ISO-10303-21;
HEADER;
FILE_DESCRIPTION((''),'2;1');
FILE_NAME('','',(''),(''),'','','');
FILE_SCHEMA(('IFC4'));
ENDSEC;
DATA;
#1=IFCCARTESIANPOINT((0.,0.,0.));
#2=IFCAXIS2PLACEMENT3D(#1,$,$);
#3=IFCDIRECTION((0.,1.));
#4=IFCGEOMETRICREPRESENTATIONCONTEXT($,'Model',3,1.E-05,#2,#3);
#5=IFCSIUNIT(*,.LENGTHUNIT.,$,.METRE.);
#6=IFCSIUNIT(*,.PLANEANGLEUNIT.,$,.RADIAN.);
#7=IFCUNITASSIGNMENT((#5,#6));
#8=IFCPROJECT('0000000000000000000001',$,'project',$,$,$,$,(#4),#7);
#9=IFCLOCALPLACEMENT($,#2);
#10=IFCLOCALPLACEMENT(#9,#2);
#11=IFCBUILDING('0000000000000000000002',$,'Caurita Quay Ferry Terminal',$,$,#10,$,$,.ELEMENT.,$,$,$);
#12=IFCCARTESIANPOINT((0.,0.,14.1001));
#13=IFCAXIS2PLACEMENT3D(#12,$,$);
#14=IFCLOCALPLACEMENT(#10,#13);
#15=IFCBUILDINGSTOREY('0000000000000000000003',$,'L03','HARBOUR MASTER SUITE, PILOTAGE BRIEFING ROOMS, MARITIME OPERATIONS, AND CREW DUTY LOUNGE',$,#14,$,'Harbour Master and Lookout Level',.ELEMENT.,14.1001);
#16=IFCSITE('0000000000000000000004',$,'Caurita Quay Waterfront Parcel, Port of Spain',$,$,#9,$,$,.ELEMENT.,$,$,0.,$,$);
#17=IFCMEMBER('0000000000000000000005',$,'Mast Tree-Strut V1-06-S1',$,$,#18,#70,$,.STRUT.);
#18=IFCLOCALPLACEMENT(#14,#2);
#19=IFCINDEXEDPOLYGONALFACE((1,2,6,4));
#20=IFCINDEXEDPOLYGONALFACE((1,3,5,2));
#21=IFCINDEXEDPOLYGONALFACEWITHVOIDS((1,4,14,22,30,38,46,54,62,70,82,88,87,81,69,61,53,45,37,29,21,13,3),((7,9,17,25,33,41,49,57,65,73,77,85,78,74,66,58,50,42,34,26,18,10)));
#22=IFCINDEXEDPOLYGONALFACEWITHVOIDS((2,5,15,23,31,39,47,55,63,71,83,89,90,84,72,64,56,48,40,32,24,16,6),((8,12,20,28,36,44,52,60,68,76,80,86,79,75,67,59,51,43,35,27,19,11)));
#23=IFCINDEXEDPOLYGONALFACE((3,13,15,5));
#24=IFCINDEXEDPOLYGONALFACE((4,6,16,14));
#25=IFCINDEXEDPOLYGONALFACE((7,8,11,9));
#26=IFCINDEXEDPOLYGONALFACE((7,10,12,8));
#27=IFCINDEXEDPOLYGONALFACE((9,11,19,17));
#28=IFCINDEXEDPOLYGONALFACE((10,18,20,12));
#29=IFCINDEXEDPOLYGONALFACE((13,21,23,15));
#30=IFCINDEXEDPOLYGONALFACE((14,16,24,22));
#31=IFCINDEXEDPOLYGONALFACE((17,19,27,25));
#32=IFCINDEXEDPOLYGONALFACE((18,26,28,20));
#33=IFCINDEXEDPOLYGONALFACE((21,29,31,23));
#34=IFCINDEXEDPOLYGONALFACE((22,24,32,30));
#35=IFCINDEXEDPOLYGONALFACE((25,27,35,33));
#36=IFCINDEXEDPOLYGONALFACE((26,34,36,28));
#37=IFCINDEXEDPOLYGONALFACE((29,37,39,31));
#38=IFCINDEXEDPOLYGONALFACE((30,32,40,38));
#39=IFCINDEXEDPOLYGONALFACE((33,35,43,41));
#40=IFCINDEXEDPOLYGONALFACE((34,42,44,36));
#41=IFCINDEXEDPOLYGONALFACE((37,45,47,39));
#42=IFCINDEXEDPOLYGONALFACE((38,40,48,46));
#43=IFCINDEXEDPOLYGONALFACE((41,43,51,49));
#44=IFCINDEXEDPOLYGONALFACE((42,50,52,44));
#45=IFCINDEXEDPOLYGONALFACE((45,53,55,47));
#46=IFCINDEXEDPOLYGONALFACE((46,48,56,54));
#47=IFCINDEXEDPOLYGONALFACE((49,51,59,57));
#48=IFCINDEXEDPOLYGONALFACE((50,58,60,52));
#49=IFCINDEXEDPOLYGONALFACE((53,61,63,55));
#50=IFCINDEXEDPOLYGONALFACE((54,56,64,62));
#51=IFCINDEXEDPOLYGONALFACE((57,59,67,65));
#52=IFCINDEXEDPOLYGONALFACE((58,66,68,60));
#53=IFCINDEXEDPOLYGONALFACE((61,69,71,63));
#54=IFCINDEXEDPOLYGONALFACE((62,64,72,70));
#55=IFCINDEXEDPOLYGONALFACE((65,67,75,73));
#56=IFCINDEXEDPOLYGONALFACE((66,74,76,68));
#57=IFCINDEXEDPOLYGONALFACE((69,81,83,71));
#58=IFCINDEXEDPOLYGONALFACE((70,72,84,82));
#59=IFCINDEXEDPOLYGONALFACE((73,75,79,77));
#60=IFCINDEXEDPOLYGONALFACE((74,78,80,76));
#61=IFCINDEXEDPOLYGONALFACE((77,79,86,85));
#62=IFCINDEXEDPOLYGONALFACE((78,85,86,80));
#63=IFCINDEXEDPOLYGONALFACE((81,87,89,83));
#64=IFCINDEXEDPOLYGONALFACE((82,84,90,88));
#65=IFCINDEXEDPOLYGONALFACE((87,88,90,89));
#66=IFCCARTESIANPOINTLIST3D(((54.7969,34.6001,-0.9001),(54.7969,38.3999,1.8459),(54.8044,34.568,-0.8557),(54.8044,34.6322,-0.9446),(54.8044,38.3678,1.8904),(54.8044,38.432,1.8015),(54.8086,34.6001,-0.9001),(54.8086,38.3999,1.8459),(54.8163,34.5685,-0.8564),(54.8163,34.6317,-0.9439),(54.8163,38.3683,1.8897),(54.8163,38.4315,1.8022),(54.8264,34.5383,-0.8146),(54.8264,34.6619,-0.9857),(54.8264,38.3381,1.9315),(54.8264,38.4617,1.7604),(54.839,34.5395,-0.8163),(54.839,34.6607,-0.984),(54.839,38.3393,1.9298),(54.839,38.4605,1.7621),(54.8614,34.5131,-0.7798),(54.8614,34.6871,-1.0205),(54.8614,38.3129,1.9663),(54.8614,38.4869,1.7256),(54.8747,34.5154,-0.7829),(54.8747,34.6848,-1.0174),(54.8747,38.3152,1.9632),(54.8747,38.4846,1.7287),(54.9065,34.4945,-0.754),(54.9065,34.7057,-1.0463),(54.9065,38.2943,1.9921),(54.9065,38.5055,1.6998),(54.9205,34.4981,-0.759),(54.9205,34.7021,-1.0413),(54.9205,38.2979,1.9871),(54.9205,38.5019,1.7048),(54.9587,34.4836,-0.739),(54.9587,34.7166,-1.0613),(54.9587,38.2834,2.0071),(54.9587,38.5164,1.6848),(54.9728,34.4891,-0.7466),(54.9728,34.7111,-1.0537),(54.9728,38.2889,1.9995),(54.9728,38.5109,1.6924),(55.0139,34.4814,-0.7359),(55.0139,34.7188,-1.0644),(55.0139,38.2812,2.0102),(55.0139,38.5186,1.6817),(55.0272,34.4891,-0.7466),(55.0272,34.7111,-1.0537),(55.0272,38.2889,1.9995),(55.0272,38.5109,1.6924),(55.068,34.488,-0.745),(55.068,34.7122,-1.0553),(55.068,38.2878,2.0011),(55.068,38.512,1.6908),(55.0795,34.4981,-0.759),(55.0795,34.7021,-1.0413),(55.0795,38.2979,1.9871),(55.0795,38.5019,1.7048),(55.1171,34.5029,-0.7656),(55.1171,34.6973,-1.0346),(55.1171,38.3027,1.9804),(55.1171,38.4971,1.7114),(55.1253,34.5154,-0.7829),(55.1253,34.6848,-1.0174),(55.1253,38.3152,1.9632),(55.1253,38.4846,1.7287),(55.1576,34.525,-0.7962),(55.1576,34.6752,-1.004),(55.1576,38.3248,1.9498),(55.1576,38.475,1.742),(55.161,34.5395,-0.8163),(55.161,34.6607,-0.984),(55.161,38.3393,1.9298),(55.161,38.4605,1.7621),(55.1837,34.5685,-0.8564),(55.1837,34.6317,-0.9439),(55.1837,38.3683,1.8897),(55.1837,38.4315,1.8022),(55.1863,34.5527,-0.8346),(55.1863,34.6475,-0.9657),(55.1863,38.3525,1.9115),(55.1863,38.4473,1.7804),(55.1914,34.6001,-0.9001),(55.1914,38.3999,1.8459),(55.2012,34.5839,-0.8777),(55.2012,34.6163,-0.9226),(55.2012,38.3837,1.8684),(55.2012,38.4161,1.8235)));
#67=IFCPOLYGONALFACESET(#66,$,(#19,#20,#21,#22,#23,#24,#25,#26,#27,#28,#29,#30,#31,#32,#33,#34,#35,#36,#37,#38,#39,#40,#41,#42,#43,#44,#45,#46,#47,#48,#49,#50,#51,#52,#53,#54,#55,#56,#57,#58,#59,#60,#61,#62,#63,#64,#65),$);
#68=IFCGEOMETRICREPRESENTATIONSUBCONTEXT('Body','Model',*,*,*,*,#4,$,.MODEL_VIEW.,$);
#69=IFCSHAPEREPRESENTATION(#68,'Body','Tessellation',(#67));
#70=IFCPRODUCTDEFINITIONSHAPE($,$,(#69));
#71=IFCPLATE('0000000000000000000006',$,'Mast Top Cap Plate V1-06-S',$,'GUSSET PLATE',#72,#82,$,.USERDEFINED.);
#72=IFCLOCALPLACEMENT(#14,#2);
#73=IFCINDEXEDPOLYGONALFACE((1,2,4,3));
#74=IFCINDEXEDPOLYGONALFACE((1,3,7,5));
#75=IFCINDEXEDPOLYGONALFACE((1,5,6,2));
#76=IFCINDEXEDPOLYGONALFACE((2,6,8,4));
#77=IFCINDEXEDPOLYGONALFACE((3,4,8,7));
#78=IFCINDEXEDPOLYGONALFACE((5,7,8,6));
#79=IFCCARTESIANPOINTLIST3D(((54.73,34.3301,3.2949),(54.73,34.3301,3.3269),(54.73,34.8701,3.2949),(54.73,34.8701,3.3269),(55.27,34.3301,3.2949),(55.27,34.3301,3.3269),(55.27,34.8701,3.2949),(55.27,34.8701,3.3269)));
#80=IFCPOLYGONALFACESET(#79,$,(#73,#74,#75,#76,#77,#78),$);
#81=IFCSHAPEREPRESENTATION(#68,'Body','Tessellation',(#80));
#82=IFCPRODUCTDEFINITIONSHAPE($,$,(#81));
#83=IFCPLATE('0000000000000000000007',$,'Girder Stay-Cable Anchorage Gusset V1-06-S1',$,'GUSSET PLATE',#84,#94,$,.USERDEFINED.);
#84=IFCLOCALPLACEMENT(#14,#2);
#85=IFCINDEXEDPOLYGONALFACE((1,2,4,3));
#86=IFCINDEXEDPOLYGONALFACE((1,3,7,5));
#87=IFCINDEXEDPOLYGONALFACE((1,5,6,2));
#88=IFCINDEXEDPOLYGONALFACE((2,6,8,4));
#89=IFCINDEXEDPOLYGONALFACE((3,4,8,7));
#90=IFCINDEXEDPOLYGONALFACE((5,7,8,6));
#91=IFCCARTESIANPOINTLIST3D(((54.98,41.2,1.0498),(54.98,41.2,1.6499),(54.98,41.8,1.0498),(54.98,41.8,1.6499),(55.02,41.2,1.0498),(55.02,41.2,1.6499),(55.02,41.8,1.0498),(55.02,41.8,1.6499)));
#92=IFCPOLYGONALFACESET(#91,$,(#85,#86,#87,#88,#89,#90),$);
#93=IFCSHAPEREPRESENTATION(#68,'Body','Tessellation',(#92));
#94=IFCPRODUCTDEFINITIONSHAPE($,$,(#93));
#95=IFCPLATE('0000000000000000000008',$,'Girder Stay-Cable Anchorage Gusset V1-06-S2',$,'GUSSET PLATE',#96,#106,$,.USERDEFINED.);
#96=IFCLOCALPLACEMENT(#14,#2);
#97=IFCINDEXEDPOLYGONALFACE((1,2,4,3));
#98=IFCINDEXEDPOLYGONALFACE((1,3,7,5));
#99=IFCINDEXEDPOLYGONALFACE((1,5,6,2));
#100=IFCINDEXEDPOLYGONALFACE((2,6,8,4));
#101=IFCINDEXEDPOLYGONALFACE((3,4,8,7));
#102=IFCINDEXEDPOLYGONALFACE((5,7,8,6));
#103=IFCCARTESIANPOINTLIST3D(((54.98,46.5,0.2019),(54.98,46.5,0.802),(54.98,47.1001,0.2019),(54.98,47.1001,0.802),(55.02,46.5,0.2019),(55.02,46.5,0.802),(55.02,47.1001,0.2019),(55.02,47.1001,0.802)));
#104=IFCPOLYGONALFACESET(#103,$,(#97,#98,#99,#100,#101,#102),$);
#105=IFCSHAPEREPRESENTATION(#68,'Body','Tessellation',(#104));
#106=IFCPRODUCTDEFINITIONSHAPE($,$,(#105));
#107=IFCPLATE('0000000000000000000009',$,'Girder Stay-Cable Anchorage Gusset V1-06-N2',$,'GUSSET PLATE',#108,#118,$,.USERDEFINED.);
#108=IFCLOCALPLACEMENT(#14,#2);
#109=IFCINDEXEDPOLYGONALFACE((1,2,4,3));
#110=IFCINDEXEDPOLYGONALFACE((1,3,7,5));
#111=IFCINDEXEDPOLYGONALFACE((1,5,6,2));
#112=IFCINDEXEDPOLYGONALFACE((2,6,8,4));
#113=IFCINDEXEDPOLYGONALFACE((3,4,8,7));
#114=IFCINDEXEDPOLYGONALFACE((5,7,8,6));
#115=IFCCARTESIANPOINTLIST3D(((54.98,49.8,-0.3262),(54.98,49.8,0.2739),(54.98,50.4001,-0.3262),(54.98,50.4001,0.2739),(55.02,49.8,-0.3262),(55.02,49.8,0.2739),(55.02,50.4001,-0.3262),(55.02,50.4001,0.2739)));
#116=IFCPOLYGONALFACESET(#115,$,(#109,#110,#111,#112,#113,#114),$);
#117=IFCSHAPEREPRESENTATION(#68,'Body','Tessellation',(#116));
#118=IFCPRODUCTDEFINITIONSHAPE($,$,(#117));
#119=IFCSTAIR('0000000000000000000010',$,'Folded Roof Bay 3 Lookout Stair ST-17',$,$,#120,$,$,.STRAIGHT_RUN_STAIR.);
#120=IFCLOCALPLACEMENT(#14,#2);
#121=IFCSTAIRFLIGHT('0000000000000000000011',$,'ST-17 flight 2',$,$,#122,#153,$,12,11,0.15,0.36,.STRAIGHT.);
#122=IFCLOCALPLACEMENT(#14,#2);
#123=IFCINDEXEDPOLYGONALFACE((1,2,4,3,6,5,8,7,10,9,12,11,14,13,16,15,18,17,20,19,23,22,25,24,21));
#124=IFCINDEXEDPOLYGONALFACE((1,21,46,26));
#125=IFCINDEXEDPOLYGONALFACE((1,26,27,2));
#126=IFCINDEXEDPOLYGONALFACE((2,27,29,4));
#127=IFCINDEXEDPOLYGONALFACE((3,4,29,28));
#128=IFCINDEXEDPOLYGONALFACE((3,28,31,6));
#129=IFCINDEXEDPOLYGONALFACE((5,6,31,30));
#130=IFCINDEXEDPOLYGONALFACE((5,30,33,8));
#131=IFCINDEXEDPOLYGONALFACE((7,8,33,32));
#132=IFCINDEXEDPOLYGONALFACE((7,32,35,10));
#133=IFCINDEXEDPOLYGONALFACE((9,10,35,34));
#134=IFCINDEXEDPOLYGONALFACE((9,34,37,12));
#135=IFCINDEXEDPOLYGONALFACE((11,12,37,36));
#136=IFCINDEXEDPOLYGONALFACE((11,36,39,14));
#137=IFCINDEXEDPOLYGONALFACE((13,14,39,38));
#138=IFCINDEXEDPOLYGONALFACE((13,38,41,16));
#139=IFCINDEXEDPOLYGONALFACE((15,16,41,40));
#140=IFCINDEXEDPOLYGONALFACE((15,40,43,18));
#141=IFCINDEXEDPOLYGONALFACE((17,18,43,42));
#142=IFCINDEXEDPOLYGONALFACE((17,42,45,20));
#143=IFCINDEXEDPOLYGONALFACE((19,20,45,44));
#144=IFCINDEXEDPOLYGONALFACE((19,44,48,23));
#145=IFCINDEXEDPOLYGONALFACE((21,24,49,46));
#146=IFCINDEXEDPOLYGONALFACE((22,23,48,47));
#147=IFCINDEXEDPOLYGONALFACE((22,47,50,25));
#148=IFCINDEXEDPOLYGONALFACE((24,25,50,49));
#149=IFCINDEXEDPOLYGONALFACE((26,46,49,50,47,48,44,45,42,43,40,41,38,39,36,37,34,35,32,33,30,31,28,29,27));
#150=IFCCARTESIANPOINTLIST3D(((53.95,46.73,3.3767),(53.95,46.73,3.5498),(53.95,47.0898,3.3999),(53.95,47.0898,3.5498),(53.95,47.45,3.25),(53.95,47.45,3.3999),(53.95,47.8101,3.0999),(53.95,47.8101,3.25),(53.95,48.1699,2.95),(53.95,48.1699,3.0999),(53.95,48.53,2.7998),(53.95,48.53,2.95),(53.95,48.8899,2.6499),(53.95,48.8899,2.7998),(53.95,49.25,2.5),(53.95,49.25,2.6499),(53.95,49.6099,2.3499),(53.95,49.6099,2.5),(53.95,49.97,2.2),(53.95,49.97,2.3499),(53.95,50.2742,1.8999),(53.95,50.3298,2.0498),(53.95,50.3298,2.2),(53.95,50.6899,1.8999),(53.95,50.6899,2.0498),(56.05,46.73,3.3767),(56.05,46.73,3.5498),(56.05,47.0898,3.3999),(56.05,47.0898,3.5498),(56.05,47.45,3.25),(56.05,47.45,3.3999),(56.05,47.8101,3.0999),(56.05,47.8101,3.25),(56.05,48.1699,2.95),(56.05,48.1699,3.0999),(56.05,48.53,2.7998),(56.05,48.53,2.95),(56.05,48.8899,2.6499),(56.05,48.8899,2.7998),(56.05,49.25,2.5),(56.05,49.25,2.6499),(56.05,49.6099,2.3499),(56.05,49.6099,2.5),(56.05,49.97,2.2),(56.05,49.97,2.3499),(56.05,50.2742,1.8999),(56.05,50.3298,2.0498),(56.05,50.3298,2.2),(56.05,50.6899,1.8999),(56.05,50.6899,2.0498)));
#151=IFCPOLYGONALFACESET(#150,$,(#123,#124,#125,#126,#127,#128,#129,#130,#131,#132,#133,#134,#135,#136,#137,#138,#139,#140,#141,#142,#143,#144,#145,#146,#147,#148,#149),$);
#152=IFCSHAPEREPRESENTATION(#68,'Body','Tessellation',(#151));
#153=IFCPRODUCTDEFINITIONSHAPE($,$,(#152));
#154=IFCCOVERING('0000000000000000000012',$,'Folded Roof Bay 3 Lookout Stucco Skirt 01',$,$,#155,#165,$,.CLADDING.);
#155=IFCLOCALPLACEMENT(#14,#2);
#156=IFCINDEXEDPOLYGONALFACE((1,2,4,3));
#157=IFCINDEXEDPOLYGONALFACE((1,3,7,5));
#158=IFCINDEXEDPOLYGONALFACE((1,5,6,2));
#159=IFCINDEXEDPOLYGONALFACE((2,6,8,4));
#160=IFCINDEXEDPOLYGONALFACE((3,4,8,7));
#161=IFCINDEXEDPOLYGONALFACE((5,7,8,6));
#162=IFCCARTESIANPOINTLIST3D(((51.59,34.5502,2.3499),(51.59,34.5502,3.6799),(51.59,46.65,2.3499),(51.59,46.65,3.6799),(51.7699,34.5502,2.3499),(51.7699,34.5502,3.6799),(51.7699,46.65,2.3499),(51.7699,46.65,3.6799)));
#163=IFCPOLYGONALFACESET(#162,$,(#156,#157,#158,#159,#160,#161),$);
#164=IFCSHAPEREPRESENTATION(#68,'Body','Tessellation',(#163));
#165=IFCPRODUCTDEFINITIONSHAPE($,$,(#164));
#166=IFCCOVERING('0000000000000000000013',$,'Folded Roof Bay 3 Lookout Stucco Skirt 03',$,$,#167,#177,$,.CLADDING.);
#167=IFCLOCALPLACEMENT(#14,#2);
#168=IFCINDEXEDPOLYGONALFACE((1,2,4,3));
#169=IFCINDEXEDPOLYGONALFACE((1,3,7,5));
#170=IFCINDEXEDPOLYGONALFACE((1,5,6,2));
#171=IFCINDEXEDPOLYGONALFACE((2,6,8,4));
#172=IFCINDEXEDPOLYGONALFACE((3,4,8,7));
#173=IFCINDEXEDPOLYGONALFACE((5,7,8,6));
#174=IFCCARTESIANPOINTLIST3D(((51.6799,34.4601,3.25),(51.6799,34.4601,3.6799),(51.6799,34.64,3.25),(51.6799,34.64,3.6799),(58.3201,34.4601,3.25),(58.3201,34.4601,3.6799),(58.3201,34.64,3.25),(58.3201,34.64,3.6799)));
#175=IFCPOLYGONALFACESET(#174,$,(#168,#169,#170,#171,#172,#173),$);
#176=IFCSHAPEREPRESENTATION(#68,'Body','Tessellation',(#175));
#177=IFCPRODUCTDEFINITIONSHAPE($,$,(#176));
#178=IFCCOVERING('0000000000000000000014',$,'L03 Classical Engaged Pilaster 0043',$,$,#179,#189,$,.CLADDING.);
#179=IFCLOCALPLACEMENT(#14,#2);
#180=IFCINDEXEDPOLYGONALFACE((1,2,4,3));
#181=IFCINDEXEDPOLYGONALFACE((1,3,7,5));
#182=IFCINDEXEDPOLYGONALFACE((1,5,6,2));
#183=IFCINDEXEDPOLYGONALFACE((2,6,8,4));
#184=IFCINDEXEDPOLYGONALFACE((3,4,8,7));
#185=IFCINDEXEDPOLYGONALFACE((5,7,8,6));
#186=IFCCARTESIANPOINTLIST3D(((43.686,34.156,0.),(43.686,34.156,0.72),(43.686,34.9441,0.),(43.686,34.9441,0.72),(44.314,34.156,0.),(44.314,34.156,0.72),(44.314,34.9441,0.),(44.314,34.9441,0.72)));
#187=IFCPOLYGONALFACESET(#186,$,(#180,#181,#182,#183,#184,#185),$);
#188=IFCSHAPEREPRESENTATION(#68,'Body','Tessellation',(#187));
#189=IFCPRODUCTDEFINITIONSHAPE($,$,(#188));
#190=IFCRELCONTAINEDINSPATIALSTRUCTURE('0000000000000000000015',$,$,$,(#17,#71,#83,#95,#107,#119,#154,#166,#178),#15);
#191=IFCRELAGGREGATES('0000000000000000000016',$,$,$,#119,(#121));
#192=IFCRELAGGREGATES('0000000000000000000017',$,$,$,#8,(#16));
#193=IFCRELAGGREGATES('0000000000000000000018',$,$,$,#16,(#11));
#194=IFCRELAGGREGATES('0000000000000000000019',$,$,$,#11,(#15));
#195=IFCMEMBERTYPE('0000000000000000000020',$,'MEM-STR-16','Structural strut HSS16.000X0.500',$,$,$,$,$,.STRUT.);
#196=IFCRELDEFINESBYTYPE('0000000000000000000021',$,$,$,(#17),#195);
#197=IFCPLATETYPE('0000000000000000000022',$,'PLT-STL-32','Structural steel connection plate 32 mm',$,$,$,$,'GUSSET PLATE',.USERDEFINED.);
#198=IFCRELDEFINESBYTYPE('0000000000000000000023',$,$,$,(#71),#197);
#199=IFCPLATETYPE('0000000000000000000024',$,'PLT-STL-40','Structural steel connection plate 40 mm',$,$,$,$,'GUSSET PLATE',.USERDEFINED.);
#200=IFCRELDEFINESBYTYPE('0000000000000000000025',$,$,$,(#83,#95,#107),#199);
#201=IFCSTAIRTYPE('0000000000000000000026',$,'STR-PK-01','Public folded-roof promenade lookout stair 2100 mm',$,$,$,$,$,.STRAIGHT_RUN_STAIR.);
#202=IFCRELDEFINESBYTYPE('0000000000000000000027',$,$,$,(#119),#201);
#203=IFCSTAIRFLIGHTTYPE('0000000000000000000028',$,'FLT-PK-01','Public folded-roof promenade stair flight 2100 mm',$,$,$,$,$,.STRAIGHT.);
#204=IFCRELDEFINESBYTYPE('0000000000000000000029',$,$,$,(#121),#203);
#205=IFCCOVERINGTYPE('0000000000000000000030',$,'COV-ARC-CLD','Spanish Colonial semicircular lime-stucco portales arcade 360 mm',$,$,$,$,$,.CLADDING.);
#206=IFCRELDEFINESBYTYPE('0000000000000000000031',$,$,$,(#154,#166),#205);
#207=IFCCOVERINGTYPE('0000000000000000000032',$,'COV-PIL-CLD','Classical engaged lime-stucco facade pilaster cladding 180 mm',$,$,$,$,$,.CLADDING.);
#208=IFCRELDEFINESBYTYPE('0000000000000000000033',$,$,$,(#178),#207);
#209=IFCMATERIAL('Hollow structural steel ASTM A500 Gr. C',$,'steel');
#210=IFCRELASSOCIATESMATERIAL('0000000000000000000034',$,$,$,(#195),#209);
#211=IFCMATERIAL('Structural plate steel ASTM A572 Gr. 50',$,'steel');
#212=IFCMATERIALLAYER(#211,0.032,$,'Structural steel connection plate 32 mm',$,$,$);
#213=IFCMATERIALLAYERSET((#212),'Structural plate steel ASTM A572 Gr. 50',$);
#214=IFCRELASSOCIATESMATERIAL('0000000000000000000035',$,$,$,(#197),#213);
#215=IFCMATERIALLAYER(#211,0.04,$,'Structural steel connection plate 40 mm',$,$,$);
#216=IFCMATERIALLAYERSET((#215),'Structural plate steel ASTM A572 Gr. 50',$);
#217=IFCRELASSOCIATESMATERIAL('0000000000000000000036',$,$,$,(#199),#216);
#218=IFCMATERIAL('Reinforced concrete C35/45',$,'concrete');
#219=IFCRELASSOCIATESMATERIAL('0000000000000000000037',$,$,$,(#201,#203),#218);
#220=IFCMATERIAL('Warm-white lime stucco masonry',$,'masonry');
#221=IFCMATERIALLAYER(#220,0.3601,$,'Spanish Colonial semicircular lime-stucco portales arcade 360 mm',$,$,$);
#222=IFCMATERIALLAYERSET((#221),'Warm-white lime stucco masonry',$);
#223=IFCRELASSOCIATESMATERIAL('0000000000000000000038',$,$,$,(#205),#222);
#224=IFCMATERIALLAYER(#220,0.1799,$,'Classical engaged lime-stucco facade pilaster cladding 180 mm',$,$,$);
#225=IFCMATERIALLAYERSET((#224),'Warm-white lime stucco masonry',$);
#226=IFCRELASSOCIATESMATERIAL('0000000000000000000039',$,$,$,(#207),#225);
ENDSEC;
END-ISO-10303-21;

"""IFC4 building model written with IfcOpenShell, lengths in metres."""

from ifc_helpers import new_model, si_unit, direction, frame, frame_2d, origin, origin_2d, place, context, subcontext, project, spatial, polyline, rectangle, hollow_circle, outline, extrude, material, layer, layer_set, material_profile, profile_set, type_object, element, aggregate, save


model = new_model("IFC4")

# Units and contexts
model_context = context("Model", 3, precision=1e-05, world=origin(), true_north=direction((0.0, 1.0)))
body_context = subcontext(model_context, "Body", "Model", "MODEL_VIEW")
ifc_project = project(units=[si_unit("LENGTHUNIT", "METRE"), si_unit("PLANEANGLEUNIT", "RADIAN")], contexts=[model_context])

# Site, building, storey
site_placement = place(None, origin())
site = spatial("IfcSite", under=ifc_project, at=site_placement, Name="Caurita Quay Waterfront Parcel, Port of Spain", CompositionType="ELEMENT", RefElevation=0.0)
building_placement = place(site_placement, origin())
building = spatial("IfcBuilding", under=site, at=building_placement, Name="Caurita Quay Ferry Terminal", CompositionType="ELEMENT")
storey_placement = place(building_placement, frame((0.0, 0.0, 14.1001)))
storey = spatial("IfcBuildingStorey", under=building, at=storey_placement, Name="L03", Description="HARBOUR MASTER SUITE, PILOTAGE BRIEFING ROOMS, MARITIME OPERATIONS, AND CREW DUTY LOUNGE", LongName="Harbour Master and Lookout Level", CompositionType="ELEMENT", Elevation=14.1001)

# Shared definitions
ifc_material_1 = material(Name="Hollow structural steel ASTM A500 Gr. C", Category="steel")

# Member
ifc_material_profile_1 = material_profile(ifc_material_1, hollow_circle(Radius=0.2031, WallThickness=0.0117, at=origin_2d()), Name="HSS16.000X0.500")
ifc_profile_set_1 = profile_set([ifc_material_profile_1], Name="Hollow structural steel ASTM A500 Gr. C")
member_type_1 = type_object("IfcMemberType", Name="MEM-STR-16", Description="Structural strut HSS16.000X0.500", PredefinedType="STRUT", material=ifc_profile_set_1)
member_1_placement = place(storey_placement, frame((55.0, 34.6001, -0.9001), z_axis=(0.0, 0.810498, 0.585742), x_axis=(-1.0, 0.0, 0.0)))
element("IfcMember", 1, at=member_1_placement, inside=storey, type_object=member_type_1, Name="Mast Tree-Strut V1-06-S1", PredefinedType="STRUT", context=body_context, shape_type="SweptSolid", body=[
    extrude(hollow_circle(Radius=0.2031, WallThickness=0.0117, at=origin_2d()), origin(), (0.0, 0.0, 1.0), 4.6882),
])

# Plates
ifc_material_2 = material(Name="Structural plate steel ASTM A572 Gr. 50", Category="steel")
ifc_layer_1 = layer(ifc_material_2, 0.032, Name="Structural steel connection plate 32 mm")
ifc_layer_set_1 = layer_set([ifc_layer_1], Name="Structural plate steel ASTM A572 Gr. 50")
plate_type_1 = type_object("IfcPlateType", Name="PLT-STL-32", Description="Structural steel connection plate 32 mm", ElementType="GUSSET PLATE", PredefinedType="USERDEFINED", material=ifc_layer_set_1)
plate_placement = place(storey_placement, frame((55.0, 34.6001, 3.2949), z_axis=(0.0, 0.0, 1.0), x_axis=(1.0, 0.0, 0.0)))
element("IfcPlate", 2, at=plate_placement, inside=storey, type_object=plate_type_1, Name="Mast Top Cap Plate V1-06-S", ObjectType="GUSSET PLATE", PredefinedType="USERDEFINED", context=body_context, shape_type="SweptSolid", body=[
    extrude(rectangle(XDim=0.54, YDim=0.54, at=origin_2d()), origin(), (0.0, 0.0, 1.0), 0.032),
])
ifc_layer_2 = layer(ifc_material_2, 0.04, Name="Structural steel connection plate 40 mm")
ifc_layer_set_2 = layer_set([ifc_layer_2], Name="Structural plate steel ASTM A572 Gr. 50")
plate_type_2 = type_object("IfcPlateType", Name="PLT-STL-40", Description="Structural steel connection plate 40 mm", ElementType="GUSSET PLATE", PredefinedType="USERDEFINED", material=ifc_layer_set_2)
for number, where, z_axis, x_axis, name in (
    (3, (55.0, 41.5, 1.0498), (0.0, 0.0, 1.0), (1.0, 0.0, 0.0), "Girder Stay-Cable Anchorage Gusset V1-06-S1"),
    (4, (55.0, 46.8, 0.2019), (0.0, 0.0, 1.0), (1.0, 0.0, 0.0), "Girder Stay-Cable Anchorage Gusset V1-06-S2"),
    (5, (55.0, 50.1001, -0.3262), (0.0, 0.0, 1.0), (1.0, 0.0, 0.0), "Girder Stay-Cable Anchorage Gusset V1-06-N2"),
):
    element("IfcPlate", number, at=place(storey_placement, frame(where, z_axis=z_axis, x_axis=x_axis)), inside=storey, type_object=plate_type_2, Name=name, ObjectType="GUSSET PLATE", PredefinedType="USERDEFINED", context=body_context, shape_type="SweptSolid", body=[
        extrude(rectangle(XDim=0.04, YDim=0.6001, at=origin_2d()), origin(), (0.0, 0.0, 1.0), 0.6001),
    ])

# Stair, stair flight
ifc_material_3 = material(Name="Reinforced concrete C35/45", Category="concrete")
stair_type = type_object("IfcStairType", Name="STR-PK-01", Description="Public folded-roof promenade lookout stair 2100 mm", PredefinedType="STRAIGHT_RUN_STAIR", material=ifc_material_3)
stair_placement = place(storey_placement, origin())
stair = element("IfcStair", 6, at=stair_placement, inside=storey, type_object=stair_type, Name="Folded Roof Bay 3 Lookout Stair ST-17", PredefinedType="STRAIGHT_RUN_STAIR")
stair_flight_type = type_object("IfcStairFlightType", Name="FLT-PK-01", Description="Public folded-roof promenade stair flight 2100 mm", PredefinedType="STRAIGHT", material=ifc_material_3)
stair_flight_placement = place(storey_placement, frame((55.0, 50.6899, 1.8999), z_axis=(0.0, 0.0, 1.0), x_axis=(0.0, -1.0, 0.0)))
stair_flight = element("IfcStairFlight", 7, at=stair_flight_placement, type_object=stair_flight_type, Name="ST-17 flight 2", NumberOfRisers=12, NumberOfTreads=11, PredefinedType="STRAIGHT", RiserHeight=0.15, TreadLength=0.36, context=body_context, shape_type="SweptSolid", body=[
    extrude(outline(polyline([(0.0, 0.0), (0.0, 0.1499), (0.3601, 0.1499), (0.3601, 0.3), (0.72, 0.3), (0.72, 0.45), (1.0801, 0.45), (1.0801, 0.6001), (1.4399, 0.6001), (1.4399, 0.75), (1.8, 0.75), (1.8, 0.8999), (2.1599, 0.8999), (2.1599, 1.05), (2.52, 1.05), (2.52, 1.2), (2.8799, 1.2), (2.8799, 1.3501), (3.24, 1.3501), (3.24, 1.5), (3.6001, 1.5), (3.6001, 1.6499), (3.96, 1.6499), (3.96, 1.8), (3.96, 1.4768), (0.4158, 0.0), (0.0, 0.0)])), frame((0.0, 1.05, 0.0), z_axis=(0.0, -1.0, 0.0), x_axis=(1.0, 0.0, 0.0)), (0.0, 0.0, 1.0), 2.1001),
])
aggregate(stair, [stair_flight])

# Coverings
ifc_material_4 = material(Name="Warm-white lime stucco masonry", Category="masonry")
ifc_layer_3 = layer(ifc_material_4, 0.3601, Name="Spanish Colonial semicircular lime-stucco portales arcade 360 mm")
ifc_layer_set_3 = layer_set([ifc_layer_3], Name="Warm-white lime stucco masonry")
covering_type_1 = type_object("IfcCoveringType", Name="COV-ARC-CLD", Description="Spanish Colonial semicircular lime-stucco portales arcade 360 mm", PredefinedType="CLADDING", material=ifc_layer_set_3)
covering_1_placement = place(storey_placement, frame((51.6799, 46.6499, 2.3499), z_axis=(0.0, 0.0, 1.0), x_axis=(0.0, -1.0, 0.0)))
element("IfcCovering", 8, at=covering_1_placement, inside=storey, type_object=covering_type_1, Name="Folded Roof Bay 3 Lookout Stucco Skirt 01", PredefinedType="CLADDING", context=body_context, shape_type="SweptSolid", body=[
    extrude(rectangle(XDim=12.0999, YDim=0.1799, at=frame_2d((6.0498, 0.0))), origin(), (0.0, 0.0, 1.0), 1.3301),
])
covering_2_placement = place(storey_placement, frame((51.6799, 34.55, 3.25), z_axis=(0.0, 0.0, 1.0), x_axis=(1.0, 0.0, 0.0)))
element("IfcCovering", 9, at=covering_2_placement, inside=storey, type_object=covering_type_1, Name="Folded Roof Bay 3 Lookout Stucco Skirt 03", PredefinedType="CLADDING", context=body_context, shape_type="SweptSolid", body=[
    extrude(rectangle(XDim=6.6401, YDim=0.1799, at=frame_2d((3.3201, 0.0))), origin(), (0.0, 0.0, 1.0), 0.4299),
])
ifc_layer_4 = layer(ifc_material_4, 0.1799, Name="Classical engaged lime-stucco facade pilaster cladding 180 mm")
ifc_layer_set_4 = layer_set([ifc_layer_4], Name="Warm-white lime stucco masonry")
covering_type_2 = type_object("IfcCoveringType", Name="COV-PIL-CLD", Description="Classical engaged lime-stucco facade pilaster cladding 180 mm", PredefinedType="CLADDING", material=ifc_layer_set_4)
covering_3_placement = place(storey_placement, frame((44.0, 34.55, 0.0), z_axis=(0.0, 0.0, 1.0), x_axis=(1.0, 0.0, 0.0)))
element("IfcCovering", 10, at=covering_3_placement, inside=storey, type_object=covering_type_2, Name="L03 Classical Engaged Pilaster 0043", PredefinedType="CLADDING", context=body_context, shape_type="SweptSolid", body=[
    extrude(rectangle(XDim=0.6279, YDim=0.7881, at=origin_2d()), origin(), (0.0, 0.0, 1.0), 0.72),
])

save(model, "model.ifc")
